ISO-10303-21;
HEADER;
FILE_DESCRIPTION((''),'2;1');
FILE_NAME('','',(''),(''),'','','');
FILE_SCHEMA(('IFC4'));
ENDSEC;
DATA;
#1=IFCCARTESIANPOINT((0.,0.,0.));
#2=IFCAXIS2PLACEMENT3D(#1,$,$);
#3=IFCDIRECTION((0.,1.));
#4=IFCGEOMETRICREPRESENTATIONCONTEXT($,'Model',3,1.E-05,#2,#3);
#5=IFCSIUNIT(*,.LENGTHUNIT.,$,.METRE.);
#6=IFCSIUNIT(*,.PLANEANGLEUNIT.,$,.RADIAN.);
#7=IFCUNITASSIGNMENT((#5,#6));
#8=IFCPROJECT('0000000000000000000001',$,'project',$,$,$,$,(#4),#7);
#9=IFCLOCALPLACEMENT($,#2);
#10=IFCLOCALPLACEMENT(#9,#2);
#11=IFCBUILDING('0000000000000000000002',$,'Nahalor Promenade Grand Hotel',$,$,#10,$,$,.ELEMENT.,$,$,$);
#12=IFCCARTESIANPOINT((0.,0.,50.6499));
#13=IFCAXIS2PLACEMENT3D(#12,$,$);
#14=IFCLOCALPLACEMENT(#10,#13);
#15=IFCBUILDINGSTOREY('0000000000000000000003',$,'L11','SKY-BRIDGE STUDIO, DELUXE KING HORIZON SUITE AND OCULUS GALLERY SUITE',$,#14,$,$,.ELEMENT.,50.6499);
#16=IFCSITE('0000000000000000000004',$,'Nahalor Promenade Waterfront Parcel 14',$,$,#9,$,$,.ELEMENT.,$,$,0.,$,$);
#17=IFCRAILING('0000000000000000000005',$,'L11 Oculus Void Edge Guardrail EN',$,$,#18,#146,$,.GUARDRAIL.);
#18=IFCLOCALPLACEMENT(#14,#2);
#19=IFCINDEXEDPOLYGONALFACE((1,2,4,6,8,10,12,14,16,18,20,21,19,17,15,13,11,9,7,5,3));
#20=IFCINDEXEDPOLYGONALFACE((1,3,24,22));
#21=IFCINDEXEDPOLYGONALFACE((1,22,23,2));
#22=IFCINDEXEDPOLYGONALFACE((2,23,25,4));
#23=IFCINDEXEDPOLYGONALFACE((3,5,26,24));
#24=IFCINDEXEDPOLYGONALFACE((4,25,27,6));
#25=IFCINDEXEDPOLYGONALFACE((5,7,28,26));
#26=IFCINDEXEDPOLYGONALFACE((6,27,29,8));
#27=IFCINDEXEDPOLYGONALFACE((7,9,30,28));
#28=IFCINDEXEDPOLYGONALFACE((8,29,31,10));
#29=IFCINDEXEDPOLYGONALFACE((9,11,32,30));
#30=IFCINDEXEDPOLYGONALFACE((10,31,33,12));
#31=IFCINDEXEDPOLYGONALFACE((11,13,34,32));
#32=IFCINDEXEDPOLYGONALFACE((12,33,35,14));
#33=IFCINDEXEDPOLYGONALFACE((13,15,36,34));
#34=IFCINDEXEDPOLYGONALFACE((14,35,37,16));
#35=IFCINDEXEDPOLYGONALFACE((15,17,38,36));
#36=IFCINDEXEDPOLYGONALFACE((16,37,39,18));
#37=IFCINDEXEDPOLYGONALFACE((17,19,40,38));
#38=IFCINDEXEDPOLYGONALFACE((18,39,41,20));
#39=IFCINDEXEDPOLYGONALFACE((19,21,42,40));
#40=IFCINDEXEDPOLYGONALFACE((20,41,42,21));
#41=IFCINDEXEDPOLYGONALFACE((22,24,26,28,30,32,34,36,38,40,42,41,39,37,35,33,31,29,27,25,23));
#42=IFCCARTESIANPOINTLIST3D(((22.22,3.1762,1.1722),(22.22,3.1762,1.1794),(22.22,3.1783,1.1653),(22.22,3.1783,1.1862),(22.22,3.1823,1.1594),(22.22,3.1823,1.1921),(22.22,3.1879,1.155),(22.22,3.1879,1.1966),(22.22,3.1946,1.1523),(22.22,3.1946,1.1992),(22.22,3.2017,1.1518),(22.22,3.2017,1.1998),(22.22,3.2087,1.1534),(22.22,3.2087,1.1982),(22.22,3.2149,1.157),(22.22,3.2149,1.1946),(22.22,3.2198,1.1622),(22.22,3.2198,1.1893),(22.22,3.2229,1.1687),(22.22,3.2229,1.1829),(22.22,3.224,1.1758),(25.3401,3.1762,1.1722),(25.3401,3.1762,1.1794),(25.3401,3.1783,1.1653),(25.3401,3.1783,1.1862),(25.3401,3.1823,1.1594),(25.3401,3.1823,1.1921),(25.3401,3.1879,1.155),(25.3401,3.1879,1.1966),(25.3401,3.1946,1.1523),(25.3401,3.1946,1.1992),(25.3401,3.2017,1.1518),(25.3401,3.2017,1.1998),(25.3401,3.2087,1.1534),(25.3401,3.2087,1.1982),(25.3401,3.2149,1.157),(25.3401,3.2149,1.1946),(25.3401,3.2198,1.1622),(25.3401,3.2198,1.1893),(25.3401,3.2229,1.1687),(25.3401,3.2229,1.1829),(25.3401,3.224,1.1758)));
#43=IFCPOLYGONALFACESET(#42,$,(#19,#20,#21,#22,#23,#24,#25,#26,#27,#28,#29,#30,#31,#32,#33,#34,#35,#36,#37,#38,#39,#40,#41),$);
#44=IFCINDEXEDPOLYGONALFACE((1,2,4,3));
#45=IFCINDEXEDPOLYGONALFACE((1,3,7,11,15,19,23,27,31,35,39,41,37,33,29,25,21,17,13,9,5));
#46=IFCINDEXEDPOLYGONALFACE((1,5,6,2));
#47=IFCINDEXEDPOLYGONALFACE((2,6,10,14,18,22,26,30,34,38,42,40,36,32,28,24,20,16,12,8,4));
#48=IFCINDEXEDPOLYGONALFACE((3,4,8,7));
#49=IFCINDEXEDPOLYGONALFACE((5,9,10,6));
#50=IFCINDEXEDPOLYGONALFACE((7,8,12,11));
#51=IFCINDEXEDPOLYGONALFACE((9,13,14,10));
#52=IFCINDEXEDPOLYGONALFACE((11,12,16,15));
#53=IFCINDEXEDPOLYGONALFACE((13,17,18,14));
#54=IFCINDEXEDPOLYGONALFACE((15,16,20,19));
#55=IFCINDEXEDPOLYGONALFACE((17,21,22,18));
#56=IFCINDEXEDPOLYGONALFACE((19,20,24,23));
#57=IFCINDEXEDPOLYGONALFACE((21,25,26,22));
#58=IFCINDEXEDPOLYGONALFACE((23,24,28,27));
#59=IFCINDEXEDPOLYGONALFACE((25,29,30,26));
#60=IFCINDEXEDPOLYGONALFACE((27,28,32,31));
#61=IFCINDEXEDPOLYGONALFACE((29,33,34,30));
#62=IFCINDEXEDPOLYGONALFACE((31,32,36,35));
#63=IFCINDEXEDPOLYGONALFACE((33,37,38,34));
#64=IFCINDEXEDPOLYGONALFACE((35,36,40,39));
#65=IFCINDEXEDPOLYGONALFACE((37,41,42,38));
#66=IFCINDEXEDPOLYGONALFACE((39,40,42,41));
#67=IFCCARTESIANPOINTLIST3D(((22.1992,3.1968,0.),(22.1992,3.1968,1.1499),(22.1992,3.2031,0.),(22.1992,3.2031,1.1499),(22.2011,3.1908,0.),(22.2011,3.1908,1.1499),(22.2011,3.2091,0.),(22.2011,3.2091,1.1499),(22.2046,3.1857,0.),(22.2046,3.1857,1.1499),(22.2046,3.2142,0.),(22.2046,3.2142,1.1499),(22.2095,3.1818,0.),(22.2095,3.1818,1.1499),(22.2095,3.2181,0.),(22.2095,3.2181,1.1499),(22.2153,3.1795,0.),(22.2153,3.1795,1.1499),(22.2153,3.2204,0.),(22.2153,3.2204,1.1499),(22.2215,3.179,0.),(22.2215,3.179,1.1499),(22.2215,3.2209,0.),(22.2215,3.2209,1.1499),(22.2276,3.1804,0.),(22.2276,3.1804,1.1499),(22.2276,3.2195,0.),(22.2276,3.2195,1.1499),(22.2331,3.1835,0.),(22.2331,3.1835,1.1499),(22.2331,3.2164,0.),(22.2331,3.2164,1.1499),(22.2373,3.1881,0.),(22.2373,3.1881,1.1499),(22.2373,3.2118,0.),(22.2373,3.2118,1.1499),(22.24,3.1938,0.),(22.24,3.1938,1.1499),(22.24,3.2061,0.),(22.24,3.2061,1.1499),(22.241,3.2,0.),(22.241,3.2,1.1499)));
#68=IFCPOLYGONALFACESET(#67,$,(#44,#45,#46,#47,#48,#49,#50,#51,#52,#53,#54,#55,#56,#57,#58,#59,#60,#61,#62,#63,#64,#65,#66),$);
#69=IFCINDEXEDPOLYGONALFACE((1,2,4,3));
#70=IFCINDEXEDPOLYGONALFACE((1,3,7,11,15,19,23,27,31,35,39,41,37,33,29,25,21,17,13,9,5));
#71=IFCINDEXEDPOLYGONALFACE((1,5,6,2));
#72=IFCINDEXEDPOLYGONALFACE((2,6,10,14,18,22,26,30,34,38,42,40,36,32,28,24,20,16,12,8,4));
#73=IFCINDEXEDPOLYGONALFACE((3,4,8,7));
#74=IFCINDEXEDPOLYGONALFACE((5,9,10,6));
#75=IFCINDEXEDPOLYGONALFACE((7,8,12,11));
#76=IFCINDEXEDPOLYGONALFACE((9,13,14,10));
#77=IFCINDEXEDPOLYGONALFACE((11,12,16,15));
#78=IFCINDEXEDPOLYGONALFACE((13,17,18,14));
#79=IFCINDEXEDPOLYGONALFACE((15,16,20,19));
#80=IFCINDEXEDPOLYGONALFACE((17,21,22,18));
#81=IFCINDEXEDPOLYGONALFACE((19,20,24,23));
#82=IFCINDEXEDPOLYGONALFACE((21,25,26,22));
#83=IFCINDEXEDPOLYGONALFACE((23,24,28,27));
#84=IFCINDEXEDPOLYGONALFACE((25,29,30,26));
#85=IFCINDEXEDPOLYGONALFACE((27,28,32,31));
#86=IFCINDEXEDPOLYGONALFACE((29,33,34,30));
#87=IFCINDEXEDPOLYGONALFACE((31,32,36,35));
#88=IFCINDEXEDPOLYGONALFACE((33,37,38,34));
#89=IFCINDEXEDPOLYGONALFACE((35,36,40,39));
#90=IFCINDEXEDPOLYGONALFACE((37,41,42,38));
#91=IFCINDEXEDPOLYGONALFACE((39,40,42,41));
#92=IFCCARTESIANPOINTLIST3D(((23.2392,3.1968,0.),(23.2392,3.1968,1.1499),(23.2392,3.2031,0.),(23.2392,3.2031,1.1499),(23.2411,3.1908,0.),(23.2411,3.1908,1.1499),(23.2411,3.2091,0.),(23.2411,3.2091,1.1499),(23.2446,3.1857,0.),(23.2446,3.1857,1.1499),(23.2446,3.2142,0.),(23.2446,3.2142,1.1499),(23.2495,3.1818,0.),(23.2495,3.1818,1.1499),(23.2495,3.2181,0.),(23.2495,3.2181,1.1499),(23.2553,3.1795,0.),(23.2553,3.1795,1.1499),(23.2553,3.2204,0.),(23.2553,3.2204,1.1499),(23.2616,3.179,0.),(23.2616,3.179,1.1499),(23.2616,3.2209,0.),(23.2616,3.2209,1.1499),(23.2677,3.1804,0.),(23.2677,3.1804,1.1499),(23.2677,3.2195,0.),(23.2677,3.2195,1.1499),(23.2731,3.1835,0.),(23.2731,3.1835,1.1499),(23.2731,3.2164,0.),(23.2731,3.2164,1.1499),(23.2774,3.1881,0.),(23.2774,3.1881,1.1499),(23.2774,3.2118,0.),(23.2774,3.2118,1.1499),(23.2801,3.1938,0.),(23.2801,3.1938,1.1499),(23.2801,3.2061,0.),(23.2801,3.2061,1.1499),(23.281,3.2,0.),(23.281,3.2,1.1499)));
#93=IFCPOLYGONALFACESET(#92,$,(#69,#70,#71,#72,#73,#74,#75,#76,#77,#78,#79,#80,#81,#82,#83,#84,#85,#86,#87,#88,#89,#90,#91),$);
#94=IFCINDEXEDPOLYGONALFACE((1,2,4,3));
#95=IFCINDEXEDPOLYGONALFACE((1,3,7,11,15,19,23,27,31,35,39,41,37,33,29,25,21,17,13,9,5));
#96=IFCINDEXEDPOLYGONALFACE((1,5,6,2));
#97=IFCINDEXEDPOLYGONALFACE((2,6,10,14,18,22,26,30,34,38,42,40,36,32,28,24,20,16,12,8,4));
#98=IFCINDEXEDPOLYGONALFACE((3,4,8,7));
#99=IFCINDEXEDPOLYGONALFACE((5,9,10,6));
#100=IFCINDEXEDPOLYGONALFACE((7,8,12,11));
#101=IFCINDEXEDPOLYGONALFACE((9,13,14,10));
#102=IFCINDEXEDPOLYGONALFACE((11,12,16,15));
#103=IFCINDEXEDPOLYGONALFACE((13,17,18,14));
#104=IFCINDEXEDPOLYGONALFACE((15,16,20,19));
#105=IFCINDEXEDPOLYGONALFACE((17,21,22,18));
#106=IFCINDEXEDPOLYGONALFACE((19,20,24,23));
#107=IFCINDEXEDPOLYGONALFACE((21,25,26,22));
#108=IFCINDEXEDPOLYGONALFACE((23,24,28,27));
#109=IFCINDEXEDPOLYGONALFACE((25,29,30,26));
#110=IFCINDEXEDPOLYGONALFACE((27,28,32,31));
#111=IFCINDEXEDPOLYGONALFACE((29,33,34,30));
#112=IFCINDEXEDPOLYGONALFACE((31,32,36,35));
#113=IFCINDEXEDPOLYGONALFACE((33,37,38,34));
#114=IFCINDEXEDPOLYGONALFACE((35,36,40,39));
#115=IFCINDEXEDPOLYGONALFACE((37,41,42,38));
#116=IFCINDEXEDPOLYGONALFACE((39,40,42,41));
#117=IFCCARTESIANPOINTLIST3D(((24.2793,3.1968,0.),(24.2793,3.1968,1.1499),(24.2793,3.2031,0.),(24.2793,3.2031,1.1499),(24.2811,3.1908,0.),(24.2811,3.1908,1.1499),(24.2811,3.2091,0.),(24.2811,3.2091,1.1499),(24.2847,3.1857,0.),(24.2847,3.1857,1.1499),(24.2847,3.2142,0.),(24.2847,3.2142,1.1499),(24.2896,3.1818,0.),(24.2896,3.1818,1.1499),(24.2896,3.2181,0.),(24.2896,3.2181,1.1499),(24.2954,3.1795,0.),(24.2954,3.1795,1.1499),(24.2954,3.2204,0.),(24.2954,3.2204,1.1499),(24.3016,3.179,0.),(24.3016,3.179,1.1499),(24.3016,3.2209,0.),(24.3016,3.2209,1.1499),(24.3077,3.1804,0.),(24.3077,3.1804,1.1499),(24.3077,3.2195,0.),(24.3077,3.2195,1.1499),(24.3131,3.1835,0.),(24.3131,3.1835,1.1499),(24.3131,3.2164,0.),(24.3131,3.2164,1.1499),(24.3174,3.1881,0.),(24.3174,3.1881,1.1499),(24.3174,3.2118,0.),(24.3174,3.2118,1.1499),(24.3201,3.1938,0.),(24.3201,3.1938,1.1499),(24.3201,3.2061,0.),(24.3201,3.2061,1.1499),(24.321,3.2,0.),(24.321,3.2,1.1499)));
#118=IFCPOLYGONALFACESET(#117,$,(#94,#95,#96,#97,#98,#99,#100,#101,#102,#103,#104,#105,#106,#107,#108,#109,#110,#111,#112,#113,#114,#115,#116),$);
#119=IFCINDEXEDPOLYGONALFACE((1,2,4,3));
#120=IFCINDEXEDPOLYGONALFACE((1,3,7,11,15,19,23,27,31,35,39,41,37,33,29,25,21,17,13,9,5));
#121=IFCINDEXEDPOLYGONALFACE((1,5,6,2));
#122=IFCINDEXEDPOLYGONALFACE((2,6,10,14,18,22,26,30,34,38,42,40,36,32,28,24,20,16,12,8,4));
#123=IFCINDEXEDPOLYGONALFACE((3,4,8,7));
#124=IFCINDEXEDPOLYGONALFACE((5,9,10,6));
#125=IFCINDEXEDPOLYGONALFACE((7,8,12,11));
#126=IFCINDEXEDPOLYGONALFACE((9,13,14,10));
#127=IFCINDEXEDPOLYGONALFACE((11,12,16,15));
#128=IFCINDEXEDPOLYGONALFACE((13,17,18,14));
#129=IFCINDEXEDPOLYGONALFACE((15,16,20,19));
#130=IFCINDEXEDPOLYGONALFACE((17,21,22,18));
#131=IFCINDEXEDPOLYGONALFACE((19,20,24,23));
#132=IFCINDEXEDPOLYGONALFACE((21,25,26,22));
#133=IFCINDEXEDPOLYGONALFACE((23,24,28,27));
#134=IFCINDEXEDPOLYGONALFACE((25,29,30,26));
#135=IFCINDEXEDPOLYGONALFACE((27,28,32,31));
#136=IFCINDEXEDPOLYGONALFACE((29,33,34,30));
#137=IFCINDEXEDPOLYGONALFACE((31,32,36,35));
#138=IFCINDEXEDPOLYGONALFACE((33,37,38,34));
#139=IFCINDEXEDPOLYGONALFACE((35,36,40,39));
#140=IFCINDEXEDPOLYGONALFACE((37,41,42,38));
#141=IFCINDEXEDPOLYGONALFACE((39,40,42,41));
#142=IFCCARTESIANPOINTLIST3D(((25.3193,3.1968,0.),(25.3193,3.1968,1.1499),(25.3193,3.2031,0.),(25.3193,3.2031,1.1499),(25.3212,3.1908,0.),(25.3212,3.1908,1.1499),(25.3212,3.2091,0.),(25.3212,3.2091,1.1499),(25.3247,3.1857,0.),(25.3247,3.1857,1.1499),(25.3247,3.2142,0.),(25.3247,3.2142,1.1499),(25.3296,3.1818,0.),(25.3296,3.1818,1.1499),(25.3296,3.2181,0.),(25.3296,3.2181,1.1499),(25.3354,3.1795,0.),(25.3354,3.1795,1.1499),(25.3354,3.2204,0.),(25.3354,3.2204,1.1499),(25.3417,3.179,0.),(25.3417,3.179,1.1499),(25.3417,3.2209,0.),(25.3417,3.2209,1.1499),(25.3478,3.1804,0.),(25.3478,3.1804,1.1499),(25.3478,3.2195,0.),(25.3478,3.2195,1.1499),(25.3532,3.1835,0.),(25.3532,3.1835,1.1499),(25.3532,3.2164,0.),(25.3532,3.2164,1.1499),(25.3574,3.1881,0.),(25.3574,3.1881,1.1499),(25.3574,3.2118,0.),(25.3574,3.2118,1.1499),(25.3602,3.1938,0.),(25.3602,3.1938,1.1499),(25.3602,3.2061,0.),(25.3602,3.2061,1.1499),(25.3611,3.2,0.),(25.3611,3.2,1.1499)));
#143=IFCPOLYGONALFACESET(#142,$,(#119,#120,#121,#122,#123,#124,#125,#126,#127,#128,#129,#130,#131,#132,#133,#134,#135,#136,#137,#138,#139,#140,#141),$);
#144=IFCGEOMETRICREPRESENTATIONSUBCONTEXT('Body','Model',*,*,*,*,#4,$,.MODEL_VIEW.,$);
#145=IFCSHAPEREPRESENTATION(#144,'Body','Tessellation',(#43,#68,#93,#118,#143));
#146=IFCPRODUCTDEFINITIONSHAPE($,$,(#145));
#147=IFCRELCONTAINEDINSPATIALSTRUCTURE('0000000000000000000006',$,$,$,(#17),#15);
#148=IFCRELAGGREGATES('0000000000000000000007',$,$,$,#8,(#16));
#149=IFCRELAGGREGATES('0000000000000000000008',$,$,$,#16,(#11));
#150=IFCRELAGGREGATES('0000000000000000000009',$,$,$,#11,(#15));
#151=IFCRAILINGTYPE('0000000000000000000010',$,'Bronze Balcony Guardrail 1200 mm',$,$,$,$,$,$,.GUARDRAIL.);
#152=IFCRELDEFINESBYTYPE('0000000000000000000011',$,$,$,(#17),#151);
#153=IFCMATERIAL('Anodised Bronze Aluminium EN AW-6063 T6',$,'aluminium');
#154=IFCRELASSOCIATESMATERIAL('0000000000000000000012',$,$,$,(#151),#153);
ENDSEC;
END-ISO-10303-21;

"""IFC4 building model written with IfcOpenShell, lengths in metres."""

from ifc_helpers import new_model, si_unit, direction, frame, origin, origin_2d, place, context, subcontext, project, spatial, circle, extrude, material, type_object, element, save


model = new_model("IFC4")

# Units and contexts
model_context = context("Model", 3, precision=1e-05, world=origin(), true_north=direction((0.0, 1.0)))
body_context = subcontext(model_context, "Body", "Model", "MODEL_VIEW")
ifc_project = project(units=[si_unit("LENGTHUNIT", "METRE"), si_unit("PLANEANGLEUNIT", "RADIAN")], contexts=[model_context])

# Site, building, storey
site_placement = place(None, origin())
site = spatial("IfcSite", under=ifc_project, at=site_placement, Name="Nahalor Promenade Waterfront Parcel 14", CompositionType="ELEMENT", RefElevation=0.0)
building_placement = place(site_placement, origin())
building = spatial("IfcBuilding", under=site, at=building_placement, Name="Nahalor Promenade Grand Hotel", CompositionType="ELEMENT")
storey_placement = place(building_placement, frame((0.0, 0.0, 50.6499)))
storey = spatial("IfcBuildingStorey", under=building, at=storey_placement, Name="L11", Description="SKY-BRIDGE STUDIO, DELUXE KING HORIZON SUITE AND OCULUS GALLERY SUITE", CompositionType="ELEMENT", Elevation=50.6499)

# Shared definitions
ifc_material_1 = material(Name="Anodised Bronze Aluminium EN AW-6063 T6", Category="aluminium")

# Railing
railing_type = type_object("IfcRailingType", Name="Bronze Balcony Guardrail 1200 mm", PredefinedType="GUARDRAIL", material=ifc_material_1)
railing_placement = place(storey_placement, frame((22.22, 3.2, 0.0)))
element("IfcRailing", 1, at=railing_placement, inside=storey, type_object=railing_type, Name="L11 Oculus Void Edge Guardrail EN", PredefinedType="GUARDRAIL", context=body_context, shape_type="SweptSolid", body=[
    extrude(circle(Radius=0.024, at=origin_2d()), frame((0.0, 0.0, 1.1758), z_axis=(1.0, 0.0, 0.0), x_axis=(0.0, 1.0, 0.0)), (0.0, 0.0, 1.0), 3.1201),
    extrude(circle(Radius=0.021, at=origin_2d()), origin(), (0.0, 0.0, 1.0), 1.1499),
    extrude(circle(Radius=0.021, at=origin_2d()), frame((1.04, 0.0, 0.0)), (0.0, 0.0, 1.0), 1.1499),
    extrude(circle(Radius=0.021, at=origin_2d()), frame((2.0801, 0.0, 0.0)), (0.0, 0.0, 1.0), 1.1499),
    extrude(circle(Radius=0.021, at=origin_2d()), frame((3.1201, 0.0, 0.0)), (0.0, 0.0, 1.0), 1.1499),
])

save(model, "model.ifc")
